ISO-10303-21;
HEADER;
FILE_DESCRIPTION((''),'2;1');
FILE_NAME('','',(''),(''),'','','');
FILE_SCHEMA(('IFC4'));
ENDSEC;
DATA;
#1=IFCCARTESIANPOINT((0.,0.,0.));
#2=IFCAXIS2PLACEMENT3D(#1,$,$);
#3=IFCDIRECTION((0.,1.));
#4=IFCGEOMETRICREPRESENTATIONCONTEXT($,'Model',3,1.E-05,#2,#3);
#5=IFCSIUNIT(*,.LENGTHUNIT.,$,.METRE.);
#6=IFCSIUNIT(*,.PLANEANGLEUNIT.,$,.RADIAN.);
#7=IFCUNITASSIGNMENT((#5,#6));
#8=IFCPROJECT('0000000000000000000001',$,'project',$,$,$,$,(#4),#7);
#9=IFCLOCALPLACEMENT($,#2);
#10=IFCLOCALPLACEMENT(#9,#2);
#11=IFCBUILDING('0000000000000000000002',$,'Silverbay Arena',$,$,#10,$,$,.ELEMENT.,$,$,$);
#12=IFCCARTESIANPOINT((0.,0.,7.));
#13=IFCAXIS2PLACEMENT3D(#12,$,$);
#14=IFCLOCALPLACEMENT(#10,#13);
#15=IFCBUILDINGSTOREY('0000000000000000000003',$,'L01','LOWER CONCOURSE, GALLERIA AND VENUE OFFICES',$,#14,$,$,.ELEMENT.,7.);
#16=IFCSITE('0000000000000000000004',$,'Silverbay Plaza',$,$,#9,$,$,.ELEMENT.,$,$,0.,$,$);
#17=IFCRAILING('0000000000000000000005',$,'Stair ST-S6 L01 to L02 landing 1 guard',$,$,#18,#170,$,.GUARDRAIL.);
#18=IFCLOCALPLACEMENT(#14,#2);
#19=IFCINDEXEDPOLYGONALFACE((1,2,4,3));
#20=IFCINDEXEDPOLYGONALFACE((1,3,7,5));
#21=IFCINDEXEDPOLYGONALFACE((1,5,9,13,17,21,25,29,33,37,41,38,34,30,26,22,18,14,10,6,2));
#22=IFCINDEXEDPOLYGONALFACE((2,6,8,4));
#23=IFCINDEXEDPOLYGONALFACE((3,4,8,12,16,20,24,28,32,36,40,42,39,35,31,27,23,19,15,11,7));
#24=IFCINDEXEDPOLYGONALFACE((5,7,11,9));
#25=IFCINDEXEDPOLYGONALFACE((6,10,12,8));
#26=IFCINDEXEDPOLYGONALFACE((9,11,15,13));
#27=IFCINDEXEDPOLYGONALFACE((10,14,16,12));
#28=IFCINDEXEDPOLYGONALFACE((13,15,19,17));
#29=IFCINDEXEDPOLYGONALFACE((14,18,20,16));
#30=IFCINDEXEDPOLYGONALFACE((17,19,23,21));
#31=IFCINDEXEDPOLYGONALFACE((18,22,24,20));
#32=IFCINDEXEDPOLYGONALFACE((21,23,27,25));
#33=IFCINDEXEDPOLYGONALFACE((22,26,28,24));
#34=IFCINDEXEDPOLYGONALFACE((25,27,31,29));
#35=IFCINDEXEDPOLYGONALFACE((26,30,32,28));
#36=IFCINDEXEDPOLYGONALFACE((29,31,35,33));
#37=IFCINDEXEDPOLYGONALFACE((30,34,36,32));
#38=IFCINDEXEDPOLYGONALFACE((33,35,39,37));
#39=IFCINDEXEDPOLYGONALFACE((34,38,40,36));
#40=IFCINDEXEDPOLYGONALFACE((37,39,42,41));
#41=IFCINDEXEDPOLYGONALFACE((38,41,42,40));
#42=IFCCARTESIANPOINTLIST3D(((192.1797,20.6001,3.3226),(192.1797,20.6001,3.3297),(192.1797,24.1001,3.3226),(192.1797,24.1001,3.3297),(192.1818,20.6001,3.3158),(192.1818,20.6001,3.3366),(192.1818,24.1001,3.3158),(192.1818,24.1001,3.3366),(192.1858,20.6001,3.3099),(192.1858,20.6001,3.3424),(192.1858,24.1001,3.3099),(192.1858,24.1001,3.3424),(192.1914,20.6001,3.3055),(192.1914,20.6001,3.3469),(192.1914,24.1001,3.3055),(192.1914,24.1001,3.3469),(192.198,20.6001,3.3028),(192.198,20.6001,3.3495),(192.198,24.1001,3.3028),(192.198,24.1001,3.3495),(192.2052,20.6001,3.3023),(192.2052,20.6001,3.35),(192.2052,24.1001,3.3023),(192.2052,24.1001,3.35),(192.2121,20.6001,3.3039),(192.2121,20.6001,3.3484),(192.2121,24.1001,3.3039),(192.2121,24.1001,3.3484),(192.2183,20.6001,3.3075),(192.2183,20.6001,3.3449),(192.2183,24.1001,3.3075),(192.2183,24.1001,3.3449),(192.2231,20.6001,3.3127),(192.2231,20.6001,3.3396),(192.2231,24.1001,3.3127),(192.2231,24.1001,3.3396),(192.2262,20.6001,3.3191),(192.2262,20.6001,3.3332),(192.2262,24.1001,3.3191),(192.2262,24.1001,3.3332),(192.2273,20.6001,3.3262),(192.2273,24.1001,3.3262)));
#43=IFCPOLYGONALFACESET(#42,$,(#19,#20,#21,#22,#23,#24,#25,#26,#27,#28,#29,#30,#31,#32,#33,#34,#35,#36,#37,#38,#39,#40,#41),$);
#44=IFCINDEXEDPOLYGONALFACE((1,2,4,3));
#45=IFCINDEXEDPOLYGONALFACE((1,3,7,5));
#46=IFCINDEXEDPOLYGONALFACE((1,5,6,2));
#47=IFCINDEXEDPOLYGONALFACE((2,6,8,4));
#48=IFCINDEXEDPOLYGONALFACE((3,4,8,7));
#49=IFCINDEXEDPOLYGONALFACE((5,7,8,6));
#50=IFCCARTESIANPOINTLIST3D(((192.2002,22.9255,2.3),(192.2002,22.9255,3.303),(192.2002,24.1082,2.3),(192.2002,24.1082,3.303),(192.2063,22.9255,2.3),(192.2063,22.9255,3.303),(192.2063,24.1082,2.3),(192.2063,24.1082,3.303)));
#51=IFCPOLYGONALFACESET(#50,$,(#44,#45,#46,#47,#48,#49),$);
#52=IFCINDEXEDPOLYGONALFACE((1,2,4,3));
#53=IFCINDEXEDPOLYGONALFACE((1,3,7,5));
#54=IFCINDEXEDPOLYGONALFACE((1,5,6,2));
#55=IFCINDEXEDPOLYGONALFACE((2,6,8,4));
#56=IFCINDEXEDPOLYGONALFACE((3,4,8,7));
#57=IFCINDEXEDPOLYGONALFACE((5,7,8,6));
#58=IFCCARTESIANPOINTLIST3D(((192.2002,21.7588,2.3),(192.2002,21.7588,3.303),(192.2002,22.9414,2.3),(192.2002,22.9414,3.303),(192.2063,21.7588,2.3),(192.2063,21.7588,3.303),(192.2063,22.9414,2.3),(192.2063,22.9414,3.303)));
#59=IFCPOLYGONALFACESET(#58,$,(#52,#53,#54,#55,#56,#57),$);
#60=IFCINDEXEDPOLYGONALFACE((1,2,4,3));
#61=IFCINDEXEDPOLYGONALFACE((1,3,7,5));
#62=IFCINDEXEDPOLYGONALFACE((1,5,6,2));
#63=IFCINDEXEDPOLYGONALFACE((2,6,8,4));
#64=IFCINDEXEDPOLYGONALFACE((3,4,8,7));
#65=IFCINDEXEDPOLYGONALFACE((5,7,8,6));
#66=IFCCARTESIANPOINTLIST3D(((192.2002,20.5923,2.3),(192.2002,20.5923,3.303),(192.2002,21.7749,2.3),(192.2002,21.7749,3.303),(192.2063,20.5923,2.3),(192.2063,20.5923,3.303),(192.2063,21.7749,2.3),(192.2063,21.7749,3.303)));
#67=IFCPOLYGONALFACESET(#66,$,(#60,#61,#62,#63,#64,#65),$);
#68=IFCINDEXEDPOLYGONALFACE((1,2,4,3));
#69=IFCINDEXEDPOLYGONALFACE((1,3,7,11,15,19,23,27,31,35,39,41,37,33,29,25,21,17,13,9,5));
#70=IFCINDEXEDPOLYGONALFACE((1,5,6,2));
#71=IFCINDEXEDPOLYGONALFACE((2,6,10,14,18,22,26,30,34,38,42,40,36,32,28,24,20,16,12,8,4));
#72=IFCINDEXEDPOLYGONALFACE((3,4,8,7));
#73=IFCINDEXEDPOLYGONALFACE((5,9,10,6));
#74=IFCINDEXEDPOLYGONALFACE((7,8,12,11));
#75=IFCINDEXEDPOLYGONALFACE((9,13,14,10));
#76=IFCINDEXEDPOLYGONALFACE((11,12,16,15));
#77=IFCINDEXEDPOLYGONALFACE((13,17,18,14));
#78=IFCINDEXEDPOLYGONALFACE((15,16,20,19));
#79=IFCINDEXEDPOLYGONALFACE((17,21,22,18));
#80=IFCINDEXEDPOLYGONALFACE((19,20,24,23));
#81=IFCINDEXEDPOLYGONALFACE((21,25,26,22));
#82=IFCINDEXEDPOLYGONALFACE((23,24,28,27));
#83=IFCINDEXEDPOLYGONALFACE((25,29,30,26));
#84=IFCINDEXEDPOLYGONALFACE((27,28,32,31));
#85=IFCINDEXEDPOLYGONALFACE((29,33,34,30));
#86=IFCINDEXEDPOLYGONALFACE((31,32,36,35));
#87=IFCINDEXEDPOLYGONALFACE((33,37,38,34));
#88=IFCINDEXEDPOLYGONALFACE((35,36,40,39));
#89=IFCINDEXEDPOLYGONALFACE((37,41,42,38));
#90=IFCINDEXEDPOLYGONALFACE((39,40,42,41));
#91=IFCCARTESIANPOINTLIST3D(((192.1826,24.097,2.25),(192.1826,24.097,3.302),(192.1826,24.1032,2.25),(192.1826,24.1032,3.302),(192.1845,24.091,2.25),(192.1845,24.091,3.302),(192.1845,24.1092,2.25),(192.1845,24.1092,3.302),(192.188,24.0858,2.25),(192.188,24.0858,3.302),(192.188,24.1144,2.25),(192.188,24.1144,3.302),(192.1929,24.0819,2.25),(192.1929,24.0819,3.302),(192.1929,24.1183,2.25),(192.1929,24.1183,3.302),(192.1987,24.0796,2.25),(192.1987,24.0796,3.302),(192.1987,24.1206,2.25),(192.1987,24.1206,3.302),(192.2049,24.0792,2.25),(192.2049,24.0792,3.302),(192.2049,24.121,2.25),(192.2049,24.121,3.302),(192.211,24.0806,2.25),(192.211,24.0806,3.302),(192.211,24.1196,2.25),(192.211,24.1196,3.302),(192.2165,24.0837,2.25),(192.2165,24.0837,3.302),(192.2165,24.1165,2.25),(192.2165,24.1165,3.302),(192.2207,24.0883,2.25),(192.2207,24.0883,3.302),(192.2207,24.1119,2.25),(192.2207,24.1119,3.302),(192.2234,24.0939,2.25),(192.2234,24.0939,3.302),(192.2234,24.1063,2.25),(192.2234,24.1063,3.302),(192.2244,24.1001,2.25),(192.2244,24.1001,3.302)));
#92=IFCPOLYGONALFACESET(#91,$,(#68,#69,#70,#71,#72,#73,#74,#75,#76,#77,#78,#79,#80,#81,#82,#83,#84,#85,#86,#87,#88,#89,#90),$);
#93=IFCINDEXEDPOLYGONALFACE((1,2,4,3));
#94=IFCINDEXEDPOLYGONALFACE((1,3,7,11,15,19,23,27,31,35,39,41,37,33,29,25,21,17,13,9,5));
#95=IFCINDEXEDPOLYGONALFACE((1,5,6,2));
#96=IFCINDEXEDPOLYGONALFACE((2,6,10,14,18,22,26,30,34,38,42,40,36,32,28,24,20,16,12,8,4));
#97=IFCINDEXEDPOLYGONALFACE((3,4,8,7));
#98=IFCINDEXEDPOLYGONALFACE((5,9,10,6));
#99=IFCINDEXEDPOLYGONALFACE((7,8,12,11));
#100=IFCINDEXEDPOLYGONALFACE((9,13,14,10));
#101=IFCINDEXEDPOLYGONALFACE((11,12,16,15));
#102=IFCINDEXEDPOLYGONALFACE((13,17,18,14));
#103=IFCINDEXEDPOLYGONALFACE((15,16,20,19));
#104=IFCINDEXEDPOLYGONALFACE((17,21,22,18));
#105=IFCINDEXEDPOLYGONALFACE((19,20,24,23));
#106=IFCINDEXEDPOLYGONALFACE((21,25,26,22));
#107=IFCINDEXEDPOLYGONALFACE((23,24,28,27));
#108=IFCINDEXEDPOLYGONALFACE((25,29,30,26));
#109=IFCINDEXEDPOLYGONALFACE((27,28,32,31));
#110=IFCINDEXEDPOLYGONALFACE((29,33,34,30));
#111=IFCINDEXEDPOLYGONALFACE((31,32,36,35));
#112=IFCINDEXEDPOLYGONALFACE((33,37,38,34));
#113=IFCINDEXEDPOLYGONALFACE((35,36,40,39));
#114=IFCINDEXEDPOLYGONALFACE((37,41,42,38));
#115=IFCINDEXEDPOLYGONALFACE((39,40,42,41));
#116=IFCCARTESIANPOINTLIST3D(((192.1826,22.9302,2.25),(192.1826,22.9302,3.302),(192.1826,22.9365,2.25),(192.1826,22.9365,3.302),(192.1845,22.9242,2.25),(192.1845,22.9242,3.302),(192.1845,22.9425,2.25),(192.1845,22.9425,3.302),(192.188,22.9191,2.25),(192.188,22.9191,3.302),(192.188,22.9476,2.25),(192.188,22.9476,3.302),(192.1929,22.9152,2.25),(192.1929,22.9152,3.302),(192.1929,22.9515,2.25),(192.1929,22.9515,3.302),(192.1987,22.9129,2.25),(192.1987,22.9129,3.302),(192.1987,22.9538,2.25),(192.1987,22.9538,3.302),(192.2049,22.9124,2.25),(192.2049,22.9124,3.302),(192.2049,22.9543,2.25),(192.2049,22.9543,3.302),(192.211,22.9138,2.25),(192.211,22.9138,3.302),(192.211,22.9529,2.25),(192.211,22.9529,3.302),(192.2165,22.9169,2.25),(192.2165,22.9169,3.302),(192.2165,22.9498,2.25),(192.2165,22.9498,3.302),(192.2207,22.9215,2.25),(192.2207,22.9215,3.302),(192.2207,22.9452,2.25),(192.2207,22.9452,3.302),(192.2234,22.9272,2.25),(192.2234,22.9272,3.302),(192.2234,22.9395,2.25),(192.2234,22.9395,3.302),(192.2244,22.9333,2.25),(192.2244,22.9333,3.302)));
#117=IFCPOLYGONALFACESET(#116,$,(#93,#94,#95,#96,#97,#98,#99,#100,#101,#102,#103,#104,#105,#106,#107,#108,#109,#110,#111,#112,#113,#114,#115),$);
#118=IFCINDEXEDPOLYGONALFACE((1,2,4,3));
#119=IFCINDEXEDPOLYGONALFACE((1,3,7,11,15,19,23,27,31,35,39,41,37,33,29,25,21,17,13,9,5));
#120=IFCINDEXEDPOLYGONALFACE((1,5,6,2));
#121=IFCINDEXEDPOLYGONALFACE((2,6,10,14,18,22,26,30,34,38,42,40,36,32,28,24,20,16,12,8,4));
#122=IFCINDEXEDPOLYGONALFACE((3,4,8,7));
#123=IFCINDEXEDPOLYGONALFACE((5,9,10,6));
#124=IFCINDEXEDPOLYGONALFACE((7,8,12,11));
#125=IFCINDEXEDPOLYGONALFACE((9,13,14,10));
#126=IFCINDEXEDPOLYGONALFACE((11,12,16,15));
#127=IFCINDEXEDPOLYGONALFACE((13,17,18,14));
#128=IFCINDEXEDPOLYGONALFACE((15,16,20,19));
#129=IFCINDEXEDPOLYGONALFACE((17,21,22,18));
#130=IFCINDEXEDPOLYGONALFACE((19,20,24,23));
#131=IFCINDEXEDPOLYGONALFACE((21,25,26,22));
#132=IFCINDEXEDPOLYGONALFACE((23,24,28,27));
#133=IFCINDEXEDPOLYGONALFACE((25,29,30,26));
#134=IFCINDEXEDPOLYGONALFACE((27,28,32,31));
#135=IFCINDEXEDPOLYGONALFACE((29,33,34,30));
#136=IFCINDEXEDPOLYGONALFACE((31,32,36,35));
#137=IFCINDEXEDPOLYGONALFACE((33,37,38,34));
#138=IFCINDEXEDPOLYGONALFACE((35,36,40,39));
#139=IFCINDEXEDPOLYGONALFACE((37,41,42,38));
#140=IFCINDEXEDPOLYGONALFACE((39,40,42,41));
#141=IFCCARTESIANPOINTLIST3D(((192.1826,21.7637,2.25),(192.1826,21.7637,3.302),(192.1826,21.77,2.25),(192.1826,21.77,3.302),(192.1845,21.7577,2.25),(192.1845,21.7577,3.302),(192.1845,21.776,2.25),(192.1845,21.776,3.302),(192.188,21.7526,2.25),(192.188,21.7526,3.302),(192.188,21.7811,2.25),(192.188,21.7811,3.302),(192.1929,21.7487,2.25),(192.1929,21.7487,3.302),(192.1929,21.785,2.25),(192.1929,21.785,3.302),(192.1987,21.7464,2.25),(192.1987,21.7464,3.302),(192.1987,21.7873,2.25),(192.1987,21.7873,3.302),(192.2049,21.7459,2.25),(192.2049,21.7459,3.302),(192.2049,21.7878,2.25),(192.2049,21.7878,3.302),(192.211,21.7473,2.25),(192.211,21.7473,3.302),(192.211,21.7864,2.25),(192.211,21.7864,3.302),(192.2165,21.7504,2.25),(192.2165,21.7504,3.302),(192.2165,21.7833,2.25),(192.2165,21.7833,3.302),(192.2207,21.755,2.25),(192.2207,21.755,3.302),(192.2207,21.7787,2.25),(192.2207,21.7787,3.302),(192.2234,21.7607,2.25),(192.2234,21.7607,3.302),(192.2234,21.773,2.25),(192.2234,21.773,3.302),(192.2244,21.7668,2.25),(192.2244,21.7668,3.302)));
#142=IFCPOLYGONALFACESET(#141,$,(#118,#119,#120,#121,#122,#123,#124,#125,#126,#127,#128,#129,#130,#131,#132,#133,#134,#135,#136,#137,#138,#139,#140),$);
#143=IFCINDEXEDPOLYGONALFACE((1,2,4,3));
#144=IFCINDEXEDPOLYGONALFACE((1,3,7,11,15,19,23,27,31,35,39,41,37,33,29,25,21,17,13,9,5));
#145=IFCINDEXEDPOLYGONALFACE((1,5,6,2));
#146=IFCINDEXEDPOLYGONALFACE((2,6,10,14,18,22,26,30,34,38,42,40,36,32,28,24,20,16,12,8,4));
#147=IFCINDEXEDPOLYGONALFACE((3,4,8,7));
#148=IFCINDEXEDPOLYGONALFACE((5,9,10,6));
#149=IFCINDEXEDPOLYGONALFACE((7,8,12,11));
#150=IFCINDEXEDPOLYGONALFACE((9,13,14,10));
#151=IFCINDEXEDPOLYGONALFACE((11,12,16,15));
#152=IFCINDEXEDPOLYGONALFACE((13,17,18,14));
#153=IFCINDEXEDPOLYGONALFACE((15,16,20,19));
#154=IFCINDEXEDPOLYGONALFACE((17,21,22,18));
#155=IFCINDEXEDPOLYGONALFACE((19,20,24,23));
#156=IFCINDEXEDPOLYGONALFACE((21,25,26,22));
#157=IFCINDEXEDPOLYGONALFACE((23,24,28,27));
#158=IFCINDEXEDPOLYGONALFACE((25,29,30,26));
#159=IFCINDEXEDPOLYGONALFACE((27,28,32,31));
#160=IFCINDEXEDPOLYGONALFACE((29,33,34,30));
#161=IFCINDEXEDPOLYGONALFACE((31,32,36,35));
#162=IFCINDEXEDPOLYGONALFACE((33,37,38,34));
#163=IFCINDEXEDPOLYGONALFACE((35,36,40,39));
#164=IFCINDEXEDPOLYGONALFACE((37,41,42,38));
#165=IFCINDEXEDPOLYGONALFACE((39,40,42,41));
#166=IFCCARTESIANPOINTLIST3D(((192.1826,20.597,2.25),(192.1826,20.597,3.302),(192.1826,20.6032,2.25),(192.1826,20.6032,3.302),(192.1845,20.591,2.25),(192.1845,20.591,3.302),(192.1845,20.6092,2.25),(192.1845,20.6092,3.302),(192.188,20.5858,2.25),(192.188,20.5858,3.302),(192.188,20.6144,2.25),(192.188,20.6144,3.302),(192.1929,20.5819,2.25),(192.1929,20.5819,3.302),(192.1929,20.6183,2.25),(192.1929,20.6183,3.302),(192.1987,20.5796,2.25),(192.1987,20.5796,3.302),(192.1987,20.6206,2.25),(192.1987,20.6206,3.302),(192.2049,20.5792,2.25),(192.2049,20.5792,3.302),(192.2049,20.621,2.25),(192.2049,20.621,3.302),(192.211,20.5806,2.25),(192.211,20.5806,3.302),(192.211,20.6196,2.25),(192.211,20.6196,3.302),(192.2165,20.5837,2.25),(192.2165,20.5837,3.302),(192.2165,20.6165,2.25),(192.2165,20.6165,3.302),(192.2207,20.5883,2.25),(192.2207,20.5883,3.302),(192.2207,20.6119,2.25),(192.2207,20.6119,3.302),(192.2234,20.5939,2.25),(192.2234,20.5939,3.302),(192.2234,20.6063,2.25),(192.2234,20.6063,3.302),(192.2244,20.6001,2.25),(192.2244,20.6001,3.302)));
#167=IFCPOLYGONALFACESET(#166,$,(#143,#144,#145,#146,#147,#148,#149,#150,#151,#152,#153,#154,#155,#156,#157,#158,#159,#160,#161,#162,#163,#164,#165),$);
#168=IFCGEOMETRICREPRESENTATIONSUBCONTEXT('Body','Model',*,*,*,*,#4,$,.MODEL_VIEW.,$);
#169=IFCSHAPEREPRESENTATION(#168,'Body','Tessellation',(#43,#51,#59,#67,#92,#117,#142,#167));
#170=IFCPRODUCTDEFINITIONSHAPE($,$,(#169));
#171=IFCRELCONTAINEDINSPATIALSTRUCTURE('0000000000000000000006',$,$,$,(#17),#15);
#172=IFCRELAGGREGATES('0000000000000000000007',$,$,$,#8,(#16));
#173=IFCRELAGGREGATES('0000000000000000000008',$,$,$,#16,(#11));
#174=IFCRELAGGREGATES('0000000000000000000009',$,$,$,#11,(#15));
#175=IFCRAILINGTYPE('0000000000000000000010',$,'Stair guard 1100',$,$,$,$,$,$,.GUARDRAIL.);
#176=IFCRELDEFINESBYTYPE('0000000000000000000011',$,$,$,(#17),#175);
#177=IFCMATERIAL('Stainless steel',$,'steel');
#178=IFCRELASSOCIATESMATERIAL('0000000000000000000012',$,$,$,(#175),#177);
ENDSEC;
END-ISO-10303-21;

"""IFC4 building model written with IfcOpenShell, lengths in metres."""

from ifc_helpers import new_model, si_unit, direction, frame, origin, origin_2d, place, context, subcontext, project, spatial, polyline, circle, outline, extrude, material, type_object, element, save


model = new_model("IFC4")

# Units and contexts
model_context = context("Model", 3, precision=1e-05, world=origin(), true_north=direction((0.0, 1.0)))
body_context = subcontext(model_context, "Body", "Model", "MODEL_VIEW")
ifc_project = project(units=[si_unit("LENGTHUNIT", "METRE"), si_unit("PLANEANGLEUNIT", "RADIAN")], contexts=[model_context])

# Site, building, storey
site_placement = place(None, origin())
site = spatial("IfcSite", under=ifc_project, at=site_placement, Name="Silverbay Plaza", CompositionType="ELEMENT", RefElevation=0.0)
building_placement = place(site_placement, origin())
building = spatial("IfcBuilding", under=site, at=building_placement, Name="Silverbay Arena", CompositionType="ELEMENT")
storey_placement = place(building_placement, frame((0.0, 0.0, 7.0)))
storey = spatial("IfcBuildingStorey", under=building, at=storey_placement, Name="L01", Description="LOWER CONCOURSE, GALLERIA AND VENUE OFFICES", CompositionType="ELEMENT", Elevation=7.0)

# Railing
ifc_material_1 = material(Name="Stainless steel", Category="steel")
railing_type_1 = type_object("IfcRailingType", Name="Stair guard 1100", PredefinedType="GUARDRAIL", material=ifc_material_1)
for number, where, name in (
    (1, (192.2034, 24.1001, 2.25), "Stair ST-S6 L01 to L02 landing 1 guard"),
):
    element("IfcRailing", number, at=place(storey_placement, frame(where)), inside=storey, type_object=railing_type_1, Name=name, PredefinedType="GUARDRAIL", context=body_context, shape_type="SweptSolid", body=[
        extrude(circle(Radius=0.0239, at=origin_2d()), frame((0.0, 0.0, 1.0762), z_axis=(0.0, -1.0, 0.0), x_axis=(1.0, 0.0, 0.0)), (0.0, 0.0, 1.0), 3.5),
        extrude(outline(polyline([(-0.0081, 0.05), (1.1746, 0.05), (1.1746, 1.053), (-0.0081, 1.053), (-0.0081, 0.05)])), frame((0.0029, 0.0, 0.0), z_axis=(-1.0, 0.0, 0.0), x_axis=(0.0, -1.0, 0.0)), (0.0, 0.0, 1.0), 0.0061),
        extrude(outline(polyline([(-0.0081, 0.05), (1.1746, 0.05), (1.1746, 1.053), (-0.0081, 1.053), (-0.0081, 0.05)])), frame((0.0029, -1.1667, 0.0), z_axis=(-1.0, 0.0, 0.0), x_axis=(0.0, -1.0, 0.0)), (0.0, 0.0, 1.0), 0.0061),
        extrude(outline(polyline([(-0.0081, 0.05), (1.1746, 0.05), (1.1746, 1.053), (-0.0081, 1.053), (-0.0081, 0.05)])), frame((0.0029, -2.3333, 0.0), z_axis=(-1.0, 0.0, 0.0), x_axis=(0.0, -1.0, 0.0)), (0.0, 0.0, 1.0), 0.0061),
        extrude(circle(Radius=0.021, at=origin_2d()), origin(), (0.0, 0.0, 1.0), 1.052),
        extrude(circle(Radius=0.021, at=origin_2d()), frame((0.0, -1.1667, 0.0)), (0.0, 0.0, 1.0), 1.052),
        extrude(circle(Radius=0.021, at=origin_2d()), frame((0.0, -2.3333, 0.0)), (0.0, 0.0, 1.0), 1.052),
        extrude(circle(Radius=0.021, at=origin_2d()), frame((0.0, -3.5, 0.0)), (0.0, 0.0, 1.0), 1.052),
    ])

save(model, "model.ifc")
